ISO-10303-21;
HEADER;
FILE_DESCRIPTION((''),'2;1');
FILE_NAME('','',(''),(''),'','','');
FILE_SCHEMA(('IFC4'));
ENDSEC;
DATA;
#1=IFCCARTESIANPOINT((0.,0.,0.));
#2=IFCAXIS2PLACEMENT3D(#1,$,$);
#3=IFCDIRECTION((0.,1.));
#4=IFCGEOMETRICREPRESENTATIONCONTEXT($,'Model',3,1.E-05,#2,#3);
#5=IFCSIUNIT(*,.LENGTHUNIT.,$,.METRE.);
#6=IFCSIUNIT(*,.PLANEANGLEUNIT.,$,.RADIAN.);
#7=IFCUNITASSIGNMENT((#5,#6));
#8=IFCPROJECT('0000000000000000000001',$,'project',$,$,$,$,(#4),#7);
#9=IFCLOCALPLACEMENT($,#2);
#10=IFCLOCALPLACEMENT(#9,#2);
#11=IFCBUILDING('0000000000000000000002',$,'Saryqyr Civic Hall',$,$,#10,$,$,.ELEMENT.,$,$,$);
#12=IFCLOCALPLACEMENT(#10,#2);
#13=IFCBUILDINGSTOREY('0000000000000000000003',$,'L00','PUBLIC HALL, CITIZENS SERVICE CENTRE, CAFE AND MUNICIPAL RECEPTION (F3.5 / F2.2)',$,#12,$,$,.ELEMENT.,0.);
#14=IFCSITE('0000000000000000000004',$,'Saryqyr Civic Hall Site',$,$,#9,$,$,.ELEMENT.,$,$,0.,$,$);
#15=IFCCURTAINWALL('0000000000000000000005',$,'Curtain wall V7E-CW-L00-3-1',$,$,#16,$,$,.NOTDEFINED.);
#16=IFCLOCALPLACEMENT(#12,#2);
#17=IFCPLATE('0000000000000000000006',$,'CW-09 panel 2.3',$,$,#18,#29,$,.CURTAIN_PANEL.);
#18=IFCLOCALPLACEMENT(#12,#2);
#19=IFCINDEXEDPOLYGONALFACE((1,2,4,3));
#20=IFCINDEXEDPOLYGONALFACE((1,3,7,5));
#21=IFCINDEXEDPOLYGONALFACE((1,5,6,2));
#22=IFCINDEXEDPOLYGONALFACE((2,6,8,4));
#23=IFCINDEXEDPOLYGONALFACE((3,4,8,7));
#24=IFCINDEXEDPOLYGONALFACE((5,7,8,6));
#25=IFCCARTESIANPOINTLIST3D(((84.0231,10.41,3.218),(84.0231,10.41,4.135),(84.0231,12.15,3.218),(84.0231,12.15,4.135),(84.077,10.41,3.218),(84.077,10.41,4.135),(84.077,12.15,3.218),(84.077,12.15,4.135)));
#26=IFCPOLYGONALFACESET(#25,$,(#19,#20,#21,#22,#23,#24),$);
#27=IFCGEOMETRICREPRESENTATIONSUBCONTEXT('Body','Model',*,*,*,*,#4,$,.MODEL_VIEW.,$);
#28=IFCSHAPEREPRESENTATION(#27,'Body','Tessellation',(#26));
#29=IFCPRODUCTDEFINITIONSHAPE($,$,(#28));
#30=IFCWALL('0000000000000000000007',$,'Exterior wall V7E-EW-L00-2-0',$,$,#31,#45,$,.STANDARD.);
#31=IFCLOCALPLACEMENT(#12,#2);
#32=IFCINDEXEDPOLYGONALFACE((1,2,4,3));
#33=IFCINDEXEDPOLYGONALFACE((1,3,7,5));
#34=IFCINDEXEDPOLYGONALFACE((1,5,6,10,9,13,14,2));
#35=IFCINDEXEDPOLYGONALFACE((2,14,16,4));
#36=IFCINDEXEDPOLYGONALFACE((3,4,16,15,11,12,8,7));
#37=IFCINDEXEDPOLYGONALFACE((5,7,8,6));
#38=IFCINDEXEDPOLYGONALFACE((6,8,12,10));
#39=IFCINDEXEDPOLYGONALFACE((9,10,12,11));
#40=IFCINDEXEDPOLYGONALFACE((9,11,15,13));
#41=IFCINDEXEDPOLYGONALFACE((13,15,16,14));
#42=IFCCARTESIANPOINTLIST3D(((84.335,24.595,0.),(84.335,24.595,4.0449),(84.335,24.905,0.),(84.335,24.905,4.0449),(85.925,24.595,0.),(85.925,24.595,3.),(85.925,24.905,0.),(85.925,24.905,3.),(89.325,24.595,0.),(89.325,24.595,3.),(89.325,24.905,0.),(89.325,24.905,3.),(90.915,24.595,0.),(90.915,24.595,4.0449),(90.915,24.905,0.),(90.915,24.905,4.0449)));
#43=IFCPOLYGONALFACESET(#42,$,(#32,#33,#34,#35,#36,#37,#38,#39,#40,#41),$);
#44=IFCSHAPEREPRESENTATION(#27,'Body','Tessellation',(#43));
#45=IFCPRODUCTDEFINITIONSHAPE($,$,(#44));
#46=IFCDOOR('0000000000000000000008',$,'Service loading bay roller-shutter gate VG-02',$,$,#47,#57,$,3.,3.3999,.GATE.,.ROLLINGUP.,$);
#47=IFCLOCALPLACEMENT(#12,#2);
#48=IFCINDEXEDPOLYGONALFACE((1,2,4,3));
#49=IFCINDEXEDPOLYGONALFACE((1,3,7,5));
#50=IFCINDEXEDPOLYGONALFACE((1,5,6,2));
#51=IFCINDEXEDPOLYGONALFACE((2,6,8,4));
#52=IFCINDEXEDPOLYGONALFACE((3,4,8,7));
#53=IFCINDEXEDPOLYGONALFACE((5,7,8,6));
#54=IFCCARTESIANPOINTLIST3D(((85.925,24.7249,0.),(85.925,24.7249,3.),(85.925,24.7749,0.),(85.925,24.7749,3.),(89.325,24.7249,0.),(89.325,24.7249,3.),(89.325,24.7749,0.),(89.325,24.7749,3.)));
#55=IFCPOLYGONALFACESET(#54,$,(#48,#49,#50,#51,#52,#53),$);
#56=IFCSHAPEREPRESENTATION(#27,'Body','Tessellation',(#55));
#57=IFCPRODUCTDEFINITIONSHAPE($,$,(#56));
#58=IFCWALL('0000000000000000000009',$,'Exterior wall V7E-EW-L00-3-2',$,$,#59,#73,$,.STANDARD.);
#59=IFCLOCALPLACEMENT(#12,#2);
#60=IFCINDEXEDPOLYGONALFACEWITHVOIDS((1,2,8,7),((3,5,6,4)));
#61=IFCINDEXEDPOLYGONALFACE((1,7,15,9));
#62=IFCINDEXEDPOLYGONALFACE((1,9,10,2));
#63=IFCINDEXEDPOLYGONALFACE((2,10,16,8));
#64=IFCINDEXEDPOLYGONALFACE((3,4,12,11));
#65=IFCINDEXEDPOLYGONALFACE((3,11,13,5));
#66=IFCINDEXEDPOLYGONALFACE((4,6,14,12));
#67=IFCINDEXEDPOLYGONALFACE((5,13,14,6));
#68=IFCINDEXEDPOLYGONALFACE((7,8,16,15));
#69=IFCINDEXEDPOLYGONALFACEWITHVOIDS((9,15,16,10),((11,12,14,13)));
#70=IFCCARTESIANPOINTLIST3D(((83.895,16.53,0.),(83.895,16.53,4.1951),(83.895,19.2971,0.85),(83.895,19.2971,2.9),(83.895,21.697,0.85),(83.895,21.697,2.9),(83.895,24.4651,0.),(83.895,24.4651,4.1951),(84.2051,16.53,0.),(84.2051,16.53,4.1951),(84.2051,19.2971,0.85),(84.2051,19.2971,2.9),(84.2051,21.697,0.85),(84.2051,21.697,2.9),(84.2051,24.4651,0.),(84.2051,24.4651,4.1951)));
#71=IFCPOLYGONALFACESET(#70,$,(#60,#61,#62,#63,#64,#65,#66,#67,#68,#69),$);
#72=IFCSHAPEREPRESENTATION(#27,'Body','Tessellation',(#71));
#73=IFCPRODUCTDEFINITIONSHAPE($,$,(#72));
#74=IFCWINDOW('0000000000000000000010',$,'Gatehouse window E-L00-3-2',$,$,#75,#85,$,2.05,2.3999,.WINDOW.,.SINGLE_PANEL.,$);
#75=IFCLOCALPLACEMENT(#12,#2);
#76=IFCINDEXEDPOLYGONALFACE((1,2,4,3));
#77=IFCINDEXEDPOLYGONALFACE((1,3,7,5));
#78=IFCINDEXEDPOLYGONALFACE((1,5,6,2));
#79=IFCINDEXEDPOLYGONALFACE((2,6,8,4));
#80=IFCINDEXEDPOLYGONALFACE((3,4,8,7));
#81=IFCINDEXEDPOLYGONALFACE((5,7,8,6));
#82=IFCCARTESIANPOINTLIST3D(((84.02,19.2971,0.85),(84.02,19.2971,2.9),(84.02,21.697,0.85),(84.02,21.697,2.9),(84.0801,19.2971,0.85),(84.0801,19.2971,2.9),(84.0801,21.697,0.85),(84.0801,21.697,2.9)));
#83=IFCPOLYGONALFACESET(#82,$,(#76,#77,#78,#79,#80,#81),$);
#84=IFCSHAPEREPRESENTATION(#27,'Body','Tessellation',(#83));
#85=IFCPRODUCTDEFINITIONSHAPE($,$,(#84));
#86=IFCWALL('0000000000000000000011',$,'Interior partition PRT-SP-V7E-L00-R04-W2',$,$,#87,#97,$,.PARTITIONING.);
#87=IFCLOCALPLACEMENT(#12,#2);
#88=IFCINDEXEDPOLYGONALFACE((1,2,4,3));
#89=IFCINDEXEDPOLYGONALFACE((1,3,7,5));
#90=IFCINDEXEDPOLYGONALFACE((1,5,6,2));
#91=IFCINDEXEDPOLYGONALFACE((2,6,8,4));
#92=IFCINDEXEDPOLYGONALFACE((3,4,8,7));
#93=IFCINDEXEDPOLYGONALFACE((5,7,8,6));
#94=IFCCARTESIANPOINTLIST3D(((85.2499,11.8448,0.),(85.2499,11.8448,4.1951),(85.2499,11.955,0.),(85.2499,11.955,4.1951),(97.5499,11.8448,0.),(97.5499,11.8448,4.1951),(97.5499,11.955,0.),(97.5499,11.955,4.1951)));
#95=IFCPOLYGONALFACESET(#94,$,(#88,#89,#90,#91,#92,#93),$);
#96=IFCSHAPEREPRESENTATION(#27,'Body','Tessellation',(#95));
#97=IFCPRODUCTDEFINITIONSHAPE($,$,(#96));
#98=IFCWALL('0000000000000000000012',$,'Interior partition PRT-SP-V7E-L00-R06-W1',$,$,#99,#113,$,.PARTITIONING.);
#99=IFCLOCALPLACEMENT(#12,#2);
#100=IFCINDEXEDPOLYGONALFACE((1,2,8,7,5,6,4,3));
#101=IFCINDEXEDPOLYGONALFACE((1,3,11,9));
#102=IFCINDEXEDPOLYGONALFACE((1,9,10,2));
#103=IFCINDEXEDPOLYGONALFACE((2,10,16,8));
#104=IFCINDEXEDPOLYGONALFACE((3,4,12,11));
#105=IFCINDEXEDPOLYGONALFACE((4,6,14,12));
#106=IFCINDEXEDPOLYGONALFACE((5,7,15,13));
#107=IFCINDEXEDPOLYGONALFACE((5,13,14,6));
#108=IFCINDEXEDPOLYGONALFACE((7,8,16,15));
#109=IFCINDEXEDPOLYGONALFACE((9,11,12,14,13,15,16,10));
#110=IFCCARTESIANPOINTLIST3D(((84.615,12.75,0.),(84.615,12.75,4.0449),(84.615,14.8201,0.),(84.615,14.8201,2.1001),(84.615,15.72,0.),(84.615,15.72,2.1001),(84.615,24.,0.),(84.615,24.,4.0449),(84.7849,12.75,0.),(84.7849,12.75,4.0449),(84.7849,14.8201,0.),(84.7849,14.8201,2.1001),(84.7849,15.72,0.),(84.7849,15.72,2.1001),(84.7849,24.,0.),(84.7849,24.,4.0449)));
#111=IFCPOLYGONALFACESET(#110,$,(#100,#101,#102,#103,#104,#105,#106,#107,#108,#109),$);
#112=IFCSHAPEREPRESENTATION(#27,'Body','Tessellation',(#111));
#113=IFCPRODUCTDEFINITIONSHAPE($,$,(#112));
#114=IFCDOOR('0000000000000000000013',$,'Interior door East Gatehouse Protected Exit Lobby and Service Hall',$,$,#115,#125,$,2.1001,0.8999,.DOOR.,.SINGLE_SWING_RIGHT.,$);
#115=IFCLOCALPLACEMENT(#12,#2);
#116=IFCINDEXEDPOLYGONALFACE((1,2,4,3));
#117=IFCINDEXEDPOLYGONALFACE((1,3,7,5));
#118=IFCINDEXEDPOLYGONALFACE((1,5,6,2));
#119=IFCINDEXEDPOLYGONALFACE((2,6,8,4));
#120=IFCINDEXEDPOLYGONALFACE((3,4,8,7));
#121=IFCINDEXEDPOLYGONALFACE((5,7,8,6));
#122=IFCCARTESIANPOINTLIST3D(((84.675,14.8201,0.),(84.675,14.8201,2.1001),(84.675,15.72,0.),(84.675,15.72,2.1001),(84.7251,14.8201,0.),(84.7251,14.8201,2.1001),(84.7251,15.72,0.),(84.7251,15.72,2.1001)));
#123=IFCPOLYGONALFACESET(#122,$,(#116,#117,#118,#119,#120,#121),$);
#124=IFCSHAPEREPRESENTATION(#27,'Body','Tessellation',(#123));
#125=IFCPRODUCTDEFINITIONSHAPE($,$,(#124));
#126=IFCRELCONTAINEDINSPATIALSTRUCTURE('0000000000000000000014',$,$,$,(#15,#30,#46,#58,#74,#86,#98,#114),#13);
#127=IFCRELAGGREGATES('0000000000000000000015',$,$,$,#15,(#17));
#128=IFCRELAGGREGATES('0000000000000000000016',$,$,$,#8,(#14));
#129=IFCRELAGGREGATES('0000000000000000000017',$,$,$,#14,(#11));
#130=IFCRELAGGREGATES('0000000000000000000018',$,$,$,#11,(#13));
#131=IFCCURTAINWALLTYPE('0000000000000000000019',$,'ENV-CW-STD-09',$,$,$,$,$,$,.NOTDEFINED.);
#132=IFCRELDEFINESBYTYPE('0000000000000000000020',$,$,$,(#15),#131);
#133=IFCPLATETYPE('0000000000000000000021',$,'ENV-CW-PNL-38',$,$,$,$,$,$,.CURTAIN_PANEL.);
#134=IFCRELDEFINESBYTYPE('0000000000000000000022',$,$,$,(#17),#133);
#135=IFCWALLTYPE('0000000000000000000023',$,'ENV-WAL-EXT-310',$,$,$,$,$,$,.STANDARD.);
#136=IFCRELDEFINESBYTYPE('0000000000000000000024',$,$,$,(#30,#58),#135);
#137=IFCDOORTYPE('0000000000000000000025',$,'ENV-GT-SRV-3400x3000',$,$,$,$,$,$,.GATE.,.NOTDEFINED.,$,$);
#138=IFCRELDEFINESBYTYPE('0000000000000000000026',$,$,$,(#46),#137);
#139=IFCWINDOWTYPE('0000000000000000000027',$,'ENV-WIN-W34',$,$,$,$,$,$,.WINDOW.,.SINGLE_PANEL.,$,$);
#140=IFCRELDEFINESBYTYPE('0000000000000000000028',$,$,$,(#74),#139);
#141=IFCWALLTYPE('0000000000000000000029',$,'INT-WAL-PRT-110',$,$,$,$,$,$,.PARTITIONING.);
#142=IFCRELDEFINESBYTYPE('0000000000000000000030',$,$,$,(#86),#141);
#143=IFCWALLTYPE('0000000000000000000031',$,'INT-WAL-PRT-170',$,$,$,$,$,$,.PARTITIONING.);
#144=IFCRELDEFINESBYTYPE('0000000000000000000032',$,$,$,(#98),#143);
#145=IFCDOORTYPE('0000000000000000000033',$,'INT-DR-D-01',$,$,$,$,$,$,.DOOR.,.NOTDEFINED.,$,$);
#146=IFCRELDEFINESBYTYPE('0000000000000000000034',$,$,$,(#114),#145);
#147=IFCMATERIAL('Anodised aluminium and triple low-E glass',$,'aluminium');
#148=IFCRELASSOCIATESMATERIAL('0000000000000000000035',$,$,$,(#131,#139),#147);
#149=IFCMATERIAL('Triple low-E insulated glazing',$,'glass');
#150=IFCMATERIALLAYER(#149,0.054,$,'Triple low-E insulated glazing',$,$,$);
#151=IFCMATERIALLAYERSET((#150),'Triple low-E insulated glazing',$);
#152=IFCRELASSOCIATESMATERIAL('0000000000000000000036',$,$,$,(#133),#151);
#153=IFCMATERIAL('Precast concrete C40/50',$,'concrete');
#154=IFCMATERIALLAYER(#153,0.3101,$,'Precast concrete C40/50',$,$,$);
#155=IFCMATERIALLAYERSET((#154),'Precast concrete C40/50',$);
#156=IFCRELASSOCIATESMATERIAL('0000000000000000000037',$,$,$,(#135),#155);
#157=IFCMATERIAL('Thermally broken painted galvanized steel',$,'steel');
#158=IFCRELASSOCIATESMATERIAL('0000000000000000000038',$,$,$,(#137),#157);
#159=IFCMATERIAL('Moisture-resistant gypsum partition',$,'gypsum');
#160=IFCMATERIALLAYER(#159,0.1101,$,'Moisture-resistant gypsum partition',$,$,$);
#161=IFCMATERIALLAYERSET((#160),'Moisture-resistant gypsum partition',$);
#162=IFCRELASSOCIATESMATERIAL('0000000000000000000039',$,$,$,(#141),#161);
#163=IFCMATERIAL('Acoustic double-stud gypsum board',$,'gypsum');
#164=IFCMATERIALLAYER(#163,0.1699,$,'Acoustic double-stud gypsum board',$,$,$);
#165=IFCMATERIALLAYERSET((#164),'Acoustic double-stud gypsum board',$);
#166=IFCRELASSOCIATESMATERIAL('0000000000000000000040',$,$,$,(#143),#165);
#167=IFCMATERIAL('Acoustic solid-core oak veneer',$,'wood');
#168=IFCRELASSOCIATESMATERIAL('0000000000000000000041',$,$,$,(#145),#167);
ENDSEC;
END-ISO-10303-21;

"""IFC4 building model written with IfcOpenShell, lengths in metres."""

from ifc_helpers import new_model, si_unit, direction, frame, frame_2d, origin, origin_2d, place, context, subcontext, project, spatial, rectangle, extrude, material, layer, layer_set, type_object, element, fill, aggregate, save


model = new_model("IFC4")

# Units and contexts
model_context = context("Model", 3, precision=1e-05, world=origin(), true_north=direction((0.0, 1.0)))
body_context = subcontext(model_context, "Body", "Model", "MODEL_VIEW")
ifc_project = project(units=[si_unit("LENGTHUNIT", "METRE"), si_unit("PLANEANGLEUNIT", "RADIAN")], contexts=[model_context])

# Site, building, storey
site_placement = place(None, origin())
site = spatial("IfcSite", under=ifc_project, at=site_placement, Name="Saryqyr Civic Hall Site", CompositionType="ELEMENT", RefElevation=0.0)
building_placement = place(site_placement, origin())
building = spatial("IfcBuilding", under=site, at=building_placement, Name="Saryqyr Civic Hall", CompositionType="ELEMENT")
storey_placement = place(building_placement, origin())
storey = spatial("IfcBuildingStorey", under=building, at=storey_placement, Name="L00", Description="PUBLIC HALL, CITIZENS SERVICE CENTRE, CAFE AND MUNICIPAL RECEPTION (F3.5 / F2.2)", CompositionType="ELEMENT", Elevation=0.0)

# Curtain wall
ifc_material_1 = material(Name="Anodised aluminium and triple low-E glass", Category="aluminium")
curtain_wall_type = type_object("IfcCurtainWallType", Name="ENV-CW-STD-09", PredefinedType="NOTDEFINED", material=ifc_material_1)
curtain_wall_placement = place(storey_placement, origin())
curtain_wall = element("IfcCurtainWall", 1, at=curtain_wall_placement, inside=storey, type_object=curtain_wall_type, Name="Curtain wall V7E-CW-L00-3-1", PredefinedType="NOTDEFINED")

# Plate
ifc_material_2 = material(Name="Triple low-E insulated glazing", Category="glass")
ifc_layer_1 = layer(ifc_material_2, 0.054, Name="Triple low-E insulated glazing")
ifc_layer_set_1 = layer_set([ifc_layer_1], Name="Triple low-E insulated glazing")
plate_type = type_object("IfcPlateType", Name="ENV-CW-PNL-38", PredefinedType="CURTAIN_PANEL", material=ifc_layer_set_1)
plate_1_placement = place(storey_placement, frame((84.05, 11.28, 3.218), z_axis=(0.0, 0.0, 1.0), x_axis=(0.0, 1.0, 0.0)))
plate_1 = element("IfcPlate", 2, at=plate_1_placement, type_object=plate_type, Name="CW-09 panel 2.3", PredefinedType="CURTAIN_PANEL", context=body_context, shape_type="SweptSolid", body=[
    extrude(rectangle(XDim=1.74, YDim=0.054, at=origin_2d()), origin(), (0.0, 0.0, 1.0), 0.917),
])
aggregate(curtain_wall, [plate_1])

# Wall, opening, door
ifc_material_3 = material(Name="Precast concrete C40/50", Category="concrete")
ifc_layer_2 = layer(ifc_material_3, 0.3101, Name="Precast concrete C40/50")
ifc_layer_set_2 = layer_set([ifc_layer_2], Name="Precast concrete C40/50")
wall_type_1 = type_object("IfcWallType", Name="ENV-WAL-EXT-310", PredefinedType="STANDARD", material=ifc_layer_set_2)
wall_1_placement = place(storey_placement, frame((84.335, 24.75, 0.0), z_axis=(0.0, 0.0, 1.0), x_axis=(1.0, 0.0, 0.0)))
wall_1 = element("IfcWall", 3, at=wall_1_placement, inside=storey, type_object=wall_type_1, Name="Exterior wall V7E-EW-L00-2-0", PredefinedType="STANDARD", context=body_context, shape_type="SweptSolid", body=[
    extrude(rectangle(XDim=6.5801, YDim=0.3101, at=frame_2d((3.29, 0.0))), origin(), (0.0, 0.0, 1.0), 4.0449),
])
opening_1_placement = place(wall_1_placement, frame((1.5901, 0.0, 0.0)))
opening_1 = element("IfcOpeningElement", 4, at=opening_1_placement, cuts=wall_1, PredefinedType="OPENING", context=body_context, shape_type="SweptSolid", body=[
    extrude(rectangle(XDim=3.3999, YDim=3.0, at=frame_2d((1.7, 1.5))), frame((0.0, 0.165, 0.0), z_axis=(0.0, -1.0, 0.0), x_axis=(1.0, 0.0, 0.0)), (0.0, 0.0, 1.0), 0.3301),
])
ifc_material_4 = material(Name="Thermally broken painted galvanized steel", Category="steel")
door_type_1 = type_object("IfcDoorType", Name="ENV-GT-SRV-3400x3000", OperationType="NOTDEFINED", PredefinedType="GATE", material=ifc_material_4)
door_1_placement = place(opening_1_placement, origin())
door_1 = element("IfcDoor", 5, at=door_1_placement, inside=storey, type_object=door_type_1, Name="Service loading bay roller-shutter gate VG-02", OperationType="ROLLINGUP", OverallHeight=3.0, OverallWidth=3.3999, PredefinedType="GATE", context=body_context, shape_type="SweptSolid", body=[
    extrude(rectangle(XDim=3.3999, YDim=3.0, at=frame_2d((1.7, 1.5))), frame((0.0, 0.0249, 0.0), z_axis=(0.0, -1.0, 0.0), x_axis=(1.0, 0.0, 0.0)), (0.0, 0.0, 1.0), 0.05),
])
fill(opening_1, door_1)

# Wall, opening, window
wall_2_placement = place(storey_placement, frame((84.05, 16.53, 0.0), z_axis=(0.0, 0.0, 1.0), x_axis=(0.0, 1.0, 0.0)))
wall_2 = element("IfcWall", 6, at=wall_2_placement, inside=storey, type_object=wall_type_1, Name="Exterior wall V7E-EW-L00-3-2", PredefinedType="STANDARD", context=body_context, shape_type="SweptSolid", body=[
    extrude(rectangle(XDim=7.9351, YDim=0.3101, at=frame_2d((3.9675, 0.0))), origin(), (0.0, 0.0, 1.0), 4.1951),
])
opening_2_placement = place(wall_2_placement, frame((2.7671, 0.0, 0.8501)))
opening_2 = element("IfcOpeningElement", 7, at=opening_2_placement, cuts=wall_2, PredefinedType="OPENING", context=body_context, shape_type="SweptSolid", body=[
    extrude(rectangle(XDim=2.3999, YDim=2.05, at=frame_2d((1.2, 1.0249))), frame((0.0, 0.165, 0.0), z_axis=(0.0, -1.0, 0.0), x_axis=(1.0, 0.0, 0.0)), (0.0, 0.0, 1.0), 0.3301),
])
window_type = type_object("IfcWindowType", Name="ENV-WIN-W34", PartitioningType="SINGLE_PANEL", PredefinedType="WINDOW", material=ifc_material_1)
window_placement = place(opening_2_placement, origin())
window = element("IfcWindow", 8, at=window_placement, inside=storey, type_object=window_type, Name="Gatehouse window E-L00-3-2", OverallHeight=2.05, OverallWidth=2.3999, PartitioningType="SINGLE_PANEL", PredefinedType="WINDOW", context=body_context, shape_type="SweptSolid", body=[
    extrude(rectangle(XDim=2.3999, YDim=2.05, at=frame_2d((1.2, 1.0249))), frame((0.0, 0.03, 0.0), z_axis=(0.0, -1.0, 0.0), x_axis=(1.0, 0.0, 0.0)), (0.0, 0.0, 1.0), 0.0601),
])
fill(opening_2, window)

# Wall
ifc_material_5 = material(Name="Moisture-resistant gypsum partition", Category="gypsum")
ifc_layer_3 = layer(ifc_material_5, 0.1101, Name="Moisture-resistant gypsum partition")
ifc_layer_set_3 = layer_set([ifc_layer_3], Name="Moisture-resistant gypsum partition")
wall_type_2 = type_object("IfcWallType", Name="INT-WAL-PRT-110", PredefinedType="PARTITIONING", material=ifc_layer_set_3)
wall_3_placement = place(storey_placement, frame((85.25, 11.8999, 0.0), z_axis=(0.0, 0.0, 1.0), x_axis=(1.0, 0.0, 0.0)))
element("IfcWall", 9, at=wall_3_placement, inside=storey, type_object=wall_type_2, Name="Interior partition PRT-SP-V7E-L00-R04-W2", PredefinedType="PARTITIONING", context=body_context, shape_type="SweptSolid", body=[
    extrude(rectangle(XDim=12.3, YDim=0.1101, at=frame_2d((6.1499, 0.0))), origin(), (0.0, 0.0, 1.0), 4.1951),
])

# Wall, opening, door
ifc_material_6 = material(Name="Acoustic double-stud gypsum board", Category="gypsum")
ifc_layer_4 = layer(ifc_material_6, 0.1699, Name="Acoustic double-stud gypsum board")
ifc_layer_set_4 = layer_set([ifc_layer_4], Name="Acoustic double-stud gypsum board")
wall_type_3 = type_object("IfcWallType", Name="INT-WAL-PRT-170", PredefinedType="PARTITIONING", material=ifc_layer_set_4)
wall_4_placement = place(storey_placement, frame((84.7, 12.75, 0.0), z_axis=(0.0, 0.0, 1.0), x_axis=(0.0, 1.0, 0.0)))
wall_4 = element("IfcWall", 10, at=wall_4_placement, inside=storey, type_object=wall_type_3, Name="Interior partition PRT-SP-V7E-L00-R06-W1", PredefinedType="PARTITIONING", context=body_context, shape_type="SweptSolid", body=[
    extrude(rectangle(XDim=11.25, YDim=0.1699, at=frame_2d((5.625, 0.0))), origin(), (0.0, 0.0, 1.0), 4.0449),
])
opening_3_placement = place(wall_4_placement, frame((2.0701, 0.0, 0.0)))
opening_3 = element("IfcOpeningElement", 11, at=opening_3_placement, cuts=wall_4, PredefinedType="OPENING", context=body_context, shape_type="SweptSolid", body=[
    extrude(rectangle(XDim=0.8999, YDim=2.1001, at=frame_2d((0.45, 1.05))), frame((0.0, 0.095, 0.0), z_axis=(0.0, -1.0, 0.0), x_axis=(1.0, 0.0, 0.0)), (0.0, 0.0, 1.0), 0.1899),
])
ifc_material_7 = material(Name="Acoustic solid-core oak veneer", Category="wood")
door_type_2 = type_object("IfcDoorType", Name="INT-DR-D-01", OperationType="NOTDEFINED", PredefinedType="DOOR", material=ifc_material_7)
door_2_placement = place(opening_3_placement, origin())
door_2 = element("IfcDoor", 12, at=door_2_placement, inside=storey, type_object=door_type_2, Name="Interior door East Gatehouse Protected Exit Lobby and Service Hall", OperationType="SINGLE_SWING_RIGHT", OverallHeight=2.1001, OverallWidth=0.8999, PredefinedType="DOOR", context=body_context, shape_type="SweptSolid", body=[
    extrude(rectangle(XDim=0.8999, YDim=2.1001, at=frame_2d((0.45, 1.05))), frame((0.0, 0.0249, 0.0), z_axis=(0.0, -1.0, 0.0), x_axis=(1.0, 0.0, 0.0)), (0.0, 0.0, 1.0), 0.05),
])
fill(opening_3, door_2)

save(model, "model.ifc")
